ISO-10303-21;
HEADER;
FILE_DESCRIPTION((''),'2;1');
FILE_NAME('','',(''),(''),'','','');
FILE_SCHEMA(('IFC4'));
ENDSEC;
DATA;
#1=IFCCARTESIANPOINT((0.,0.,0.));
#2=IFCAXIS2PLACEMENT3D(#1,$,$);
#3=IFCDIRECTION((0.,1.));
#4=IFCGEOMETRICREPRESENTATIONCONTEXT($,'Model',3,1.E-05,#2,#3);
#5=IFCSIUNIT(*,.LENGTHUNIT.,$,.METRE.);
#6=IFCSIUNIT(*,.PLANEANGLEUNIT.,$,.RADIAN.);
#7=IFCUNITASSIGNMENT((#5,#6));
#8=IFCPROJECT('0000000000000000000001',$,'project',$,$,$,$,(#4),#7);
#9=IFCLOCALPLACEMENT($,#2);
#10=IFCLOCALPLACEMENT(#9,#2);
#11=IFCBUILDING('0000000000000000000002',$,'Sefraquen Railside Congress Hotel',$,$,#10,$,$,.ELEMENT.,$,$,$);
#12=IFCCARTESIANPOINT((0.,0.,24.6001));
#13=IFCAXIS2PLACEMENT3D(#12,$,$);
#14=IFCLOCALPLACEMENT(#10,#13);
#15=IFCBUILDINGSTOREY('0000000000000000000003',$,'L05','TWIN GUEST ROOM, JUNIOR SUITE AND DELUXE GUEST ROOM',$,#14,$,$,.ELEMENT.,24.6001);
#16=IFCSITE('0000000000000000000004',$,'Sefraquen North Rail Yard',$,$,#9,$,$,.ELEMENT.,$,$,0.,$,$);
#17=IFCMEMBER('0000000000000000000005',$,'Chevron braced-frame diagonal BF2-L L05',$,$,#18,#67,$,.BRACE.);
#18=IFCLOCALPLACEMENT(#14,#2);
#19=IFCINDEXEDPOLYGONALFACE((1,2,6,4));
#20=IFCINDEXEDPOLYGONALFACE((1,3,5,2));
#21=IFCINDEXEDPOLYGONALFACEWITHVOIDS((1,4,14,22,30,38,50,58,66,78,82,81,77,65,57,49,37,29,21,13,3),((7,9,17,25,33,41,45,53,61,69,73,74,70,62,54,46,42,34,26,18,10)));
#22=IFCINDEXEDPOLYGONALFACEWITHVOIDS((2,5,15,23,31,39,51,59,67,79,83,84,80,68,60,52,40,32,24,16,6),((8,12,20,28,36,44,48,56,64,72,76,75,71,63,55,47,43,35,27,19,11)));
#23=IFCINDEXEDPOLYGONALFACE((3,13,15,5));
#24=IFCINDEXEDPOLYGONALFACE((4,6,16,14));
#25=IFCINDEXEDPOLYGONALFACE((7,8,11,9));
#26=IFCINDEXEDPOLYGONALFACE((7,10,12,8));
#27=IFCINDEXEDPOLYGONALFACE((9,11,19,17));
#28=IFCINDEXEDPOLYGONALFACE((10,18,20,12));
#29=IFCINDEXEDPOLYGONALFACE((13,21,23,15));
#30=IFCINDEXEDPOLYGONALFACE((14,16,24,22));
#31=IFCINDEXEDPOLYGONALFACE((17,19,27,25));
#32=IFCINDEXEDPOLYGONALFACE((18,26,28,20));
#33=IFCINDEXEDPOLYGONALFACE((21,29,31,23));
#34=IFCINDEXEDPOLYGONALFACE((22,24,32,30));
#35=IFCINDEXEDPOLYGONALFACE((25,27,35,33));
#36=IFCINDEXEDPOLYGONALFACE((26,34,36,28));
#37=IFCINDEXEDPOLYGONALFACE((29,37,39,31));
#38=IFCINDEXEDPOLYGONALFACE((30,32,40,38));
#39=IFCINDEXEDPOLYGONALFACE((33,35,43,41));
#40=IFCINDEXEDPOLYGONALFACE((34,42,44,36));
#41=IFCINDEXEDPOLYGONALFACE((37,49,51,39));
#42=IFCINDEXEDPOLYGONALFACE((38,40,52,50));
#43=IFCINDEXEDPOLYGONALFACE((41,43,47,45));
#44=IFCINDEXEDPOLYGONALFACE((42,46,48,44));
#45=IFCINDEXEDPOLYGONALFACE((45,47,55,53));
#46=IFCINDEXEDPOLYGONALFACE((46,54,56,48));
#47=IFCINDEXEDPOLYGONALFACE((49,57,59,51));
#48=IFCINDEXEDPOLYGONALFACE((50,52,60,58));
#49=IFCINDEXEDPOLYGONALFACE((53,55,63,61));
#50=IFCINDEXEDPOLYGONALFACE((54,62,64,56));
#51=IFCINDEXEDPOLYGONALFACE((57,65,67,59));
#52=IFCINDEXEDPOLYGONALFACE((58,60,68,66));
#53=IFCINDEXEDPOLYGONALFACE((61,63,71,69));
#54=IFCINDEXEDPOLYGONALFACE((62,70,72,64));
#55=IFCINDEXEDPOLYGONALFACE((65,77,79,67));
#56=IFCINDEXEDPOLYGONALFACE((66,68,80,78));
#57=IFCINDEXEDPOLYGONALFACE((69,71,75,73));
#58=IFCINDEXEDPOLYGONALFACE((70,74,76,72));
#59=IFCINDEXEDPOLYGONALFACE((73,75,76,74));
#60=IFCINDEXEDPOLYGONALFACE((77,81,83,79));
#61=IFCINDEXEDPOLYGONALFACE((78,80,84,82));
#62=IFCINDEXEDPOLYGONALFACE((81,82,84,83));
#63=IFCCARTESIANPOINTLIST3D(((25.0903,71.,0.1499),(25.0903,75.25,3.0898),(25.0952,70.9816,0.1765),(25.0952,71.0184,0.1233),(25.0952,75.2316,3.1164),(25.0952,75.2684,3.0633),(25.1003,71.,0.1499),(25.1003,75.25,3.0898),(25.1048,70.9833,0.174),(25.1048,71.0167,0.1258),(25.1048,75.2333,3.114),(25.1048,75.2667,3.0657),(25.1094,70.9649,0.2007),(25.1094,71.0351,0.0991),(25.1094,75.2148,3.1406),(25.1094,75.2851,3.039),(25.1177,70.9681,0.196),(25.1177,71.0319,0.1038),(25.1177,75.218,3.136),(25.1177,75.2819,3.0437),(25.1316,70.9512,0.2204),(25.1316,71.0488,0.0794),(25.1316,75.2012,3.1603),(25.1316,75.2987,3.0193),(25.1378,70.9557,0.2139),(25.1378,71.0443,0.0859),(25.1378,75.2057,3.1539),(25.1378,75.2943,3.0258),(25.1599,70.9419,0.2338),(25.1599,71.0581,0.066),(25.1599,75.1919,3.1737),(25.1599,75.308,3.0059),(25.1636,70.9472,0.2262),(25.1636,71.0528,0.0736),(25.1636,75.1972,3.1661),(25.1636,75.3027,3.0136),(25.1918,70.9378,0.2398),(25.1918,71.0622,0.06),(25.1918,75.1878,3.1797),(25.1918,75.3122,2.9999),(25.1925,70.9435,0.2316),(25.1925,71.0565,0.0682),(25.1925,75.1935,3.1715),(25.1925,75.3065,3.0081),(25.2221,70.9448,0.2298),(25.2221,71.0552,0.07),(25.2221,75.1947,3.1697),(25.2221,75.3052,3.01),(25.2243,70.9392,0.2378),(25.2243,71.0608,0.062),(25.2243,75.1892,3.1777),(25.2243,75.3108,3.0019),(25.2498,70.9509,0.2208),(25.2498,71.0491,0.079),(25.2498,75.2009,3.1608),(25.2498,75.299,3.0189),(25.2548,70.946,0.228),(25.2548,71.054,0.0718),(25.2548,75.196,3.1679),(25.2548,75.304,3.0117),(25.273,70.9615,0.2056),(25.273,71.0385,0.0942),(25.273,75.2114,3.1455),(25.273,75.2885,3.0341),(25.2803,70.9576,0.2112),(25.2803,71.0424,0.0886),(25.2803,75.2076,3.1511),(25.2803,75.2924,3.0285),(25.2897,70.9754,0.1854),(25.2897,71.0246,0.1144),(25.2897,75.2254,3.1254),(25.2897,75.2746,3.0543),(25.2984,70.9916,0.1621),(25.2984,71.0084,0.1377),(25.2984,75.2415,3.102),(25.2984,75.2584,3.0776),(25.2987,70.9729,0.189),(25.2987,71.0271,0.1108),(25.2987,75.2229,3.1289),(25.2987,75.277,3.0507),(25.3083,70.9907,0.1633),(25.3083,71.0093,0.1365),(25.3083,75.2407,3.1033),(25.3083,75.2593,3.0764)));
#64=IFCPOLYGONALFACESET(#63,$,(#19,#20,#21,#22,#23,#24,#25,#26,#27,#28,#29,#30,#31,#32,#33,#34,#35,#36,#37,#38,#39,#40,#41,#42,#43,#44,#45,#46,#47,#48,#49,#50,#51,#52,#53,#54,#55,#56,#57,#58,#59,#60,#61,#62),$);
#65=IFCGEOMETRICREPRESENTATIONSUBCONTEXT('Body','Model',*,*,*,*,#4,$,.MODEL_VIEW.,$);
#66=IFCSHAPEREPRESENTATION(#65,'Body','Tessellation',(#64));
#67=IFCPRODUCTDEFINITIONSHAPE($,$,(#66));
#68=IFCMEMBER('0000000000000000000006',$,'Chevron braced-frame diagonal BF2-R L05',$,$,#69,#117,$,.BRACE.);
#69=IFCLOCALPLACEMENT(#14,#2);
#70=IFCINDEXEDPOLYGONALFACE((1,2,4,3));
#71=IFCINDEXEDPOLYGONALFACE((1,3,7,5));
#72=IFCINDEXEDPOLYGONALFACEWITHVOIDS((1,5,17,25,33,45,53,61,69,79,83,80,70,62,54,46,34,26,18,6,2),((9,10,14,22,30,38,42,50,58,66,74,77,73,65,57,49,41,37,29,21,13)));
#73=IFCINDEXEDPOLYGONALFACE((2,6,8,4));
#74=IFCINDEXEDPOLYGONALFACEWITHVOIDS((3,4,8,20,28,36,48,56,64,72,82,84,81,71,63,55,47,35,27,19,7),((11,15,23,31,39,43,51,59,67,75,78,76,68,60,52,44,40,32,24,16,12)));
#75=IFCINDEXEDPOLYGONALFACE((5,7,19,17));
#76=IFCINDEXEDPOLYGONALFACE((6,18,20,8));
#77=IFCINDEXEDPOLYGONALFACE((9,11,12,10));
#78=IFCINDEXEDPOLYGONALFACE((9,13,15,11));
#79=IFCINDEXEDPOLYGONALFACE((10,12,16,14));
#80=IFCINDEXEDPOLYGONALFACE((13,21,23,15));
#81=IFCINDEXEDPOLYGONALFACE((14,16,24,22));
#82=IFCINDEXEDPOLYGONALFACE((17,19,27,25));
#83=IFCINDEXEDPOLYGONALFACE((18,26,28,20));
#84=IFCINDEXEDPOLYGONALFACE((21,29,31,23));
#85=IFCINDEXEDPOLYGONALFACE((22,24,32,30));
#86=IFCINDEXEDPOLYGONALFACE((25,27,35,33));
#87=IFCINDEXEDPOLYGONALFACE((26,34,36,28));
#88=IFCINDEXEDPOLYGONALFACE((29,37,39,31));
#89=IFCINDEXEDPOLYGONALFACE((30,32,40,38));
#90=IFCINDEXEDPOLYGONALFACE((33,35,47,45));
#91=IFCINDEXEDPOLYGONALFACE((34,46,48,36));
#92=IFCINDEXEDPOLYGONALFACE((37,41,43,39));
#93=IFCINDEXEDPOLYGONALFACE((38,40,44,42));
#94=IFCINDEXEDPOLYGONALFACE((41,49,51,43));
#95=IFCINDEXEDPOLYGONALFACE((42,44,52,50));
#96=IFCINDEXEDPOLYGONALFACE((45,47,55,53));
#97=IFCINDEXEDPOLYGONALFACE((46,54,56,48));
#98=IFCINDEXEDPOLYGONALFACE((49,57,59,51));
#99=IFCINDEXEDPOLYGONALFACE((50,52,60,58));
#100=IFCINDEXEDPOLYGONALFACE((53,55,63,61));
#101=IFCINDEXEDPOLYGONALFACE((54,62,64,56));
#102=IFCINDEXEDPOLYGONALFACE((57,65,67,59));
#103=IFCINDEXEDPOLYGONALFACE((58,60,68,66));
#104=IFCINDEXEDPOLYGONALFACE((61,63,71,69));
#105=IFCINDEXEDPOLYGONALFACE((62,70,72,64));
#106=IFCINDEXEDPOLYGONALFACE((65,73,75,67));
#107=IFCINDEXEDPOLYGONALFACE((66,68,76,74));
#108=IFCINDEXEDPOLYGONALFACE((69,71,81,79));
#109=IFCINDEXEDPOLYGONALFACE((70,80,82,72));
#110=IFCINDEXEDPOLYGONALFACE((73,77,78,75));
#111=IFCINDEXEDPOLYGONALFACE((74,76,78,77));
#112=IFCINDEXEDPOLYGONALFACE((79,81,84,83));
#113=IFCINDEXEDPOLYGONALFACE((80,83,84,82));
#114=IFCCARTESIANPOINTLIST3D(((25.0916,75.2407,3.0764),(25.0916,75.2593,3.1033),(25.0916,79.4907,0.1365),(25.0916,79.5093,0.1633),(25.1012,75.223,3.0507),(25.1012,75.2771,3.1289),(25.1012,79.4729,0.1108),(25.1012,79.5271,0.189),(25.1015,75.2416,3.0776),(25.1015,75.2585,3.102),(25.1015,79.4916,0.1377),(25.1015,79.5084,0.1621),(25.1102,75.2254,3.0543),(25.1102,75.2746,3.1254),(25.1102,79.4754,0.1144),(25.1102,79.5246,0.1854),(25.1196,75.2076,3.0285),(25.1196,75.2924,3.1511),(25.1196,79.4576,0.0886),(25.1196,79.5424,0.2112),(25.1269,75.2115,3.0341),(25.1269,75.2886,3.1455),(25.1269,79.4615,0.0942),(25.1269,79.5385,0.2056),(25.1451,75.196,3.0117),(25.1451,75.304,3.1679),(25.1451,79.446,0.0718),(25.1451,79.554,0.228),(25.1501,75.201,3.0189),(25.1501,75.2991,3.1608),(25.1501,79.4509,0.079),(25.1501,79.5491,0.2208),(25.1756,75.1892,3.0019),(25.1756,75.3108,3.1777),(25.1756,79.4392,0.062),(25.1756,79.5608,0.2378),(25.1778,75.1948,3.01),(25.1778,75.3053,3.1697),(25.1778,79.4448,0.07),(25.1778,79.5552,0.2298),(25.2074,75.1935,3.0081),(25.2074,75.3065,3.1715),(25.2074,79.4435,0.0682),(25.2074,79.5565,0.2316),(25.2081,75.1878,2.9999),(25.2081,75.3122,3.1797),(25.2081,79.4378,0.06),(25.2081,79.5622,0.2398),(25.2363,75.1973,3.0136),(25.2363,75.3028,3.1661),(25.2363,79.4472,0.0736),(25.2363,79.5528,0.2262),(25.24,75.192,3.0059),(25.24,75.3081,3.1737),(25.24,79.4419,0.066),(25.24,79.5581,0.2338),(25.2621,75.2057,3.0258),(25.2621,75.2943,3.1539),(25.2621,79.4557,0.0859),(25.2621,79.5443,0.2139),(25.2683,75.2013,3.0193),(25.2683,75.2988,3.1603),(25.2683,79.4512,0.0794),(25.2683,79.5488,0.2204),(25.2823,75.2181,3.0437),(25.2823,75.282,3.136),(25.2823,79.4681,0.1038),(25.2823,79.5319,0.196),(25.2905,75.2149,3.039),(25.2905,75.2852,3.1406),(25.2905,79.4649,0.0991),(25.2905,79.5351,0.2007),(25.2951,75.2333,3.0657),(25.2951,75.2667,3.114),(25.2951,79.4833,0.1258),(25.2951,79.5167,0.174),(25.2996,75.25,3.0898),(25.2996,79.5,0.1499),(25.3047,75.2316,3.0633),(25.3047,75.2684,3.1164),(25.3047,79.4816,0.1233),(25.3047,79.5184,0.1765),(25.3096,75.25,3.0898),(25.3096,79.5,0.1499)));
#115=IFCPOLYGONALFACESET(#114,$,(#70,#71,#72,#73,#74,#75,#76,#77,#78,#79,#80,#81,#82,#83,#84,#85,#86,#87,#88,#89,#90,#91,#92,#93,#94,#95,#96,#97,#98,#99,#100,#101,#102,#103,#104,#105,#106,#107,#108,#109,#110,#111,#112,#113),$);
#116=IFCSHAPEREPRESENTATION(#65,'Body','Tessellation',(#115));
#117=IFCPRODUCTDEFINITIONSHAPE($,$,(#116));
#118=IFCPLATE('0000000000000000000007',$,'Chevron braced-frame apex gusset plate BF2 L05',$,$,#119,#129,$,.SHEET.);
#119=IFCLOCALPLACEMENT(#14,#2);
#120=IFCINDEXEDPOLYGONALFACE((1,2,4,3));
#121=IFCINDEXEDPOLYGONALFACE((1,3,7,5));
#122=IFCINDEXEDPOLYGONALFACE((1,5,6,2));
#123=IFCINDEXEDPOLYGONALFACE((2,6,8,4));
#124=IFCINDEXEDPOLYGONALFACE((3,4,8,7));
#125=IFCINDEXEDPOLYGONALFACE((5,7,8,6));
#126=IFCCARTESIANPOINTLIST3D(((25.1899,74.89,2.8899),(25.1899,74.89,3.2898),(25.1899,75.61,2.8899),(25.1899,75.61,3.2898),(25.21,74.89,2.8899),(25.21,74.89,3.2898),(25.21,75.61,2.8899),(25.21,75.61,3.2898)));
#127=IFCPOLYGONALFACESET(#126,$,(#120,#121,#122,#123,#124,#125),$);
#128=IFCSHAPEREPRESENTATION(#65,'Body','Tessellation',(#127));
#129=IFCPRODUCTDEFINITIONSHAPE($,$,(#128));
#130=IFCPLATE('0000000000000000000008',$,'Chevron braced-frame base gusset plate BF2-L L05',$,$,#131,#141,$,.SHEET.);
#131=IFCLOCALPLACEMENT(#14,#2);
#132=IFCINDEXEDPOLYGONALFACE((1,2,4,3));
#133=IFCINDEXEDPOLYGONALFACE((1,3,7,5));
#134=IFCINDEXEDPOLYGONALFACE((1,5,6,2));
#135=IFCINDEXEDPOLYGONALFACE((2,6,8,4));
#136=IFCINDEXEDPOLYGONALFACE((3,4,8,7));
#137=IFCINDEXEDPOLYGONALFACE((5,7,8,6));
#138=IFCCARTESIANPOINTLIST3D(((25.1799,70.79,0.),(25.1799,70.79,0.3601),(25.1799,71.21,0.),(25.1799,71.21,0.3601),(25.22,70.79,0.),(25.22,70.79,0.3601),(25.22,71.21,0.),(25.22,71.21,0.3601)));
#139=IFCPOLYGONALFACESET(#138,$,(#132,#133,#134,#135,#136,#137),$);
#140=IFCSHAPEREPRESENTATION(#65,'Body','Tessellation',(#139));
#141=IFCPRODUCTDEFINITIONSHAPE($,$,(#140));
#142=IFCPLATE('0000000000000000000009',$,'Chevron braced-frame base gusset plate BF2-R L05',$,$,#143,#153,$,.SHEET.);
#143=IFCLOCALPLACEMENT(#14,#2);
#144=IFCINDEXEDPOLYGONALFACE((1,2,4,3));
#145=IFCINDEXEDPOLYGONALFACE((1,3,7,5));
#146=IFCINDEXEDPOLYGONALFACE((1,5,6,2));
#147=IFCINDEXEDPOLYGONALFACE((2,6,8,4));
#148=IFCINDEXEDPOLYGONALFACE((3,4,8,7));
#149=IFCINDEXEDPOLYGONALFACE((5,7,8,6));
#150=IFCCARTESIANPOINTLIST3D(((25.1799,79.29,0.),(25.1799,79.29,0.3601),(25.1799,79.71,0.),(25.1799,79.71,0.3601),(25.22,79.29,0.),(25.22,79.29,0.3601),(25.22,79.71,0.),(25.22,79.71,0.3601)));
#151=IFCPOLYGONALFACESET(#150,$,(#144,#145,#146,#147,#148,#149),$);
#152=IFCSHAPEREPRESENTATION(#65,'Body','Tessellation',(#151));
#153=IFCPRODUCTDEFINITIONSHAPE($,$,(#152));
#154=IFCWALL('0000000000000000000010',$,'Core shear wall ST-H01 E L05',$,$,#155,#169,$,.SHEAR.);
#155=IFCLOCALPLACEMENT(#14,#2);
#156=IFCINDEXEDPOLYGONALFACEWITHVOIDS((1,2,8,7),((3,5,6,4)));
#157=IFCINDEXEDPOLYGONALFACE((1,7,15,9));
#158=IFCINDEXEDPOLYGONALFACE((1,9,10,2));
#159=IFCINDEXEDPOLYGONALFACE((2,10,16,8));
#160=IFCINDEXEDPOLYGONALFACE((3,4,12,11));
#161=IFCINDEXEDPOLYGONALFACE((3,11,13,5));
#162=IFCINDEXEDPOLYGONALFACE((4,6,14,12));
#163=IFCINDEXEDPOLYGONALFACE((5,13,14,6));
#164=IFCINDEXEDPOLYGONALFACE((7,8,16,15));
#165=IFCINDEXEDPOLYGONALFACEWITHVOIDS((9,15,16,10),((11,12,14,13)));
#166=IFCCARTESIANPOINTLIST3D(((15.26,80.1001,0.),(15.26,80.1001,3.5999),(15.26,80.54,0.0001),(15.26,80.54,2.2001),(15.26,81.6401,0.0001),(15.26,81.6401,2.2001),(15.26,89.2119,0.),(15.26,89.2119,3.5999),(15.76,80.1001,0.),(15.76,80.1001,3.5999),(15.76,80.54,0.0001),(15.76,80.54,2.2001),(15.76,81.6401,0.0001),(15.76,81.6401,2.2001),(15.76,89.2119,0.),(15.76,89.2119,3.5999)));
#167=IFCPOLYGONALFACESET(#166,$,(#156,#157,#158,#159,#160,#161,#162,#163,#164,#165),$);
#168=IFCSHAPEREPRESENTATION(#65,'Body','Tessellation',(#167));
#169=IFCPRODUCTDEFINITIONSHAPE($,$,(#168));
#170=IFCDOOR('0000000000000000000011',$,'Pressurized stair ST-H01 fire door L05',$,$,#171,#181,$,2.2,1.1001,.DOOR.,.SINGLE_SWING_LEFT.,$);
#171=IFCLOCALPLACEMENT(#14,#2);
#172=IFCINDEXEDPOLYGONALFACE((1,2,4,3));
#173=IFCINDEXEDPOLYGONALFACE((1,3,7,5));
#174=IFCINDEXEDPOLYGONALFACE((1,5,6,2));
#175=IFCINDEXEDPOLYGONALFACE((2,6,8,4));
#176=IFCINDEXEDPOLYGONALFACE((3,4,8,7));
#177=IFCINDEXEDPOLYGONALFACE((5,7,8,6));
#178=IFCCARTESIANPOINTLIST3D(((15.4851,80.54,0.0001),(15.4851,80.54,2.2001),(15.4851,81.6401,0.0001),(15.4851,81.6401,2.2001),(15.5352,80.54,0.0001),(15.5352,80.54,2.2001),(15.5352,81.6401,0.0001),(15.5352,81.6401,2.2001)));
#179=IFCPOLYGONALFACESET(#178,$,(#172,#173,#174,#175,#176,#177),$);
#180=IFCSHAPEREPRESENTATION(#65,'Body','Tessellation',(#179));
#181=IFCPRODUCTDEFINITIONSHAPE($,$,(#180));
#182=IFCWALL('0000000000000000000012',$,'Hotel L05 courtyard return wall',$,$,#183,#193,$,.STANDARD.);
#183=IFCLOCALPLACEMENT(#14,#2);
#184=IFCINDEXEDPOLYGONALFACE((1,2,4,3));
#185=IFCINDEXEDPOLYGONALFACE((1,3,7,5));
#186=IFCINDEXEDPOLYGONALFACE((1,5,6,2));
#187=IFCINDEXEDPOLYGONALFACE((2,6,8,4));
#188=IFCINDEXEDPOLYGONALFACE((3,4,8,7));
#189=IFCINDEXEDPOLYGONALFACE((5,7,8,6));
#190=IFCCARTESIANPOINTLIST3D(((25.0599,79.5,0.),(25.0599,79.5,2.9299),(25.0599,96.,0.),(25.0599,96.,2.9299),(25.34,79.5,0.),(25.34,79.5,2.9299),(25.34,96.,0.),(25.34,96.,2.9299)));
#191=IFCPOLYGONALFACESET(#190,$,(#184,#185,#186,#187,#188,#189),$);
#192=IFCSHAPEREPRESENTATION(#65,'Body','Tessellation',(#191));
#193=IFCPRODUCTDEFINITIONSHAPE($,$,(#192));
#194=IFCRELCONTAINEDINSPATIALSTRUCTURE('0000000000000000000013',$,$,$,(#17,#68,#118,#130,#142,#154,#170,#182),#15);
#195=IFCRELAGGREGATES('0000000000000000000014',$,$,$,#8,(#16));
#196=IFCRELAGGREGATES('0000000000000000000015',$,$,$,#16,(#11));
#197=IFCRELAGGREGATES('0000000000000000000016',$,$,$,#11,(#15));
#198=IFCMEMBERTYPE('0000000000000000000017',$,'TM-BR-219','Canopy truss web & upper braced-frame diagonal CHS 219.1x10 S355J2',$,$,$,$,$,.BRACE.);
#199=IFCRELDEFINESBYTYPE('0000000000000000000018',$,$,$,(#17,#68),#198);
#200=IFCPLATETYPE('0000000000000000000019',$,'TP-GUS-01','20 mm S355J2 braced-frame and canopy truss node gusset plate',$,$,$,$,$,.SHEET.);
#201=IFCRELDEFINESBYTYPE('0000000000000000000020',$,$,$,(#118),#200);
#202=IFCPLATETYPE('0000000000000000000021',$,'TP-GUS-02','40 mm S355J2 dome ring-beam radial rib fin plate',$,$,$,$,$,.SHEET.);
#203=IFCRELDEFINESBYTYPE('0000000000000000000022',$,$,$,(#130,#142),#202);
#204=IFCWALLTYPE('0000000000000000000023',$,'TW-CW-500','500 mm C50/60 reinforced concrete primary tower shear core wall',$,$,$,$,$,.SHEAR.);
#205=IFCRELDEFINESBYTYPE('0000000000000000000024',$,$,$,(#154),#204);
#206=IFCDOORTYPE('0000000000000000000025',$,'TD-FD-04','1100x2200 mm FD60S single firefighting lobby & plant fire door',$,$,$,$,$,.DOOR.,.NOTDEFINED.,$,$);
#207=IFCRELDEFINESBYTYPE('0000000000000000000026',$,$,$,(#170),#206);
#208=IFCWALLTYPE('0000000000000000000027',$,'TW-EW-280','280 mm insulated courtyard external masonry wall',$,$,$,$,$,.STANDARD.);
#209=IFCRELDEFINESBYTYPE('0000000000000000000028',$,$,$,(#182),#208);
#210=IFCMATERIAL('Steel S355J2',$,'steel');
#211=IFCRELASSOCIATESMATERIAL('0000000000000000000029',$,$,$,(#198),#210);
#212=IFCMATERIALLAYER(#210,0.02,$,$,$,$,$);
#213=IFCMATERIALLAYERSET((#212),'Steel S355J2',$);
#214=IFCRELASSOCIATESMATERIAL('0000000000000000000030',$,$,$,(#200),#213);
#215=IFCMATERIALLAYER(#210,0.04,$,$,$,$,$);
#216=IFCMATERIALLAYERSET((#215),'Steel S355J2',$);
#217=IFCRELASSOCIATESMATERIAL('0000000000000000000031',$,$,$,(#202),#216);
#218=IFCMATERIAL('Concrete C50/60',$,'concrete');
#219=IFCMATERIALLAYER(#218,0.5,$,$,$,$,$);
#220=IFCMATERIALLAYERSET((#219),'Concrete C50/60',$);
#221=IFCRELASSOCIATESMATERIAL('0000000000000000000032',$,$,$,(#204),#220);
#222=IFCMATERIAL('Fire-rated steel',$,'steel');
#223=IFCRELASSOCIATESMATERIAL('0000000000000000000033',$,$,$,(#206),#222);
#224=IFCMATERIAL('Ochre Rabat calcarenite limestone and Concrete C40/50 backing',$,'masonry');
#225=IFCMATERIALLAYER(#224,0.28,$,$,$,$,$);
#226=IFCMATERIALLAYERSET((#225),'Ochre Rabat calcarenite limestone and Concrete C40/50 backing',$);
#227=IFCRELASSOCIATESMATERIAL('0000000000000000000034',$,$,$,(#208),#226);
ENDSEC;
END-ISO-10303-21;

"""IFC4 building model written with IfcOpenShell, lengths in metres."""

from ifc_helpers import new_model, si_unit, direction, frame, frame_2d, origin, origin_2d, place, context, subcontext, project, spatial, rectangle, hollow_circle, extrude, material, layer, layer_set, material_profile, profile_set, type_object, element, fill, save


model = new_model("IFC4")

# Units and contexts
model_context = context("Model", 3, precision=1e-05, world=origin(), true_north=direction((0.0, 1.0)))
body_context = subcontext(model_context, "Body", "Model", "MODEL_VIEW")
ifc_project = project(units=[si_unit("LENGTHUNIT", "METRE"), si_unit("PLANEANGLEUNIT", "RADIAN")], contexts=[model_context])

# Site, building, storey
site_placement = place(None, origin())
site = spatial("IfcSite", under=ifc_project, at=site_placement, Name="Sefraquen North Rail Yard", CompositionType="ELEMENT", RefElevation=0.0)
building_placement = place(site_placement, origin())
building = spatial("IfcBuilding", under=site, at=building_placement, Name="Sefraquen Railside Congress Hotel", CompositionType="ELEMENT")
storey_placement = place(building_placement, frame((0.0, 0.0, 24.6001)))
storey = spatial("IfcBuildingStorey", under=building, at=storey_placement, Name="L05", Description="TWIN GUEST ROOM, JUNIOR SUITE AND DELUXE GUEST ROOM", CompositionType="ELEMENT", Elevation=24.6001)

# Members
ifc_material_1 = material(Name="Steel S355J2", Category="steel")
ifc_material_profile_1 = material_profile(ifc_material_1, hollow_circle(Radius=0.1096, WallThickness=0.01, at=origin_2d()), Name="CHS 219.1x10")
ifc_profile_set_1 = profile_set([ifc_material_profile_1], Name="Steel S355J2")
member_type = type_object("IfcMemberType", Name="TM-BR-219", Description="Canopy truss web & upper braced-frame diagonal CHS 219.1x10 S355J2", PredefinedType="BRACE", material=ifc_profile_set_1)
for number, where, z_axis, x_axis, name in (
    (1, (25.2, 71.0, 0.1499), (0.0, 0.822406, 0.5689), (-1.0, 0.0, 0.0), "Chevron braced-frame diagonal BF2-L L05"),
    (2, (25.2, 79.5, 0.1499), (0.0, -0.822406, 0.5689), (1.0, 0.0, 0.0), "Chevron braced-frame diagonal BF2-R L05"),
):
    element("IfcMember", number, at=place(storey_placement, frame(where, z_axis=z_axis, x_axis=x_axis)), inside=storey, type_object=member_type, Name=name, PredefinedType="BRACE", context=body_context, shape_type="SweptSolid", body=[
        extrude(hollow_circle(Radius=0.1096, WallThickness=0.01, at=origin_2d()), origin(), (0.0, 0.0, 1.0), 5.1677),
    ])

# Plates
ifc_layer_1 = layer(ifc_material_1, 0.02)
ifc_layer_set_1 = layer_set([ifc_layer_1], Name="Steel S355J2")
plate_type_1 = type_object("IfcPlateType", Name="TP-GUS-01", Description="20 mm S355J2 braced-frame and canopy truss node gusset plate", PredefinedType="SHEET", material=ifc_layer_set_1)
plate_placement = place(storey_placement, frame((25.2, 75.25, 2.8899), z_axis=(0.0, 0.0, 1.0), x_axis=(0.0, 1.0, 0.0)))
element("IfcPlate", 3, at=plate_placement, inside=storey, type_object=plate_type_1, Name="Chevron braced-frame apex gusset plate BF2 L05", PredefinedType="SHEET", context=body_context, shape_type="SweptSolid", body=[
    extrude(rectangle(XDim=0.72, YDim=0.02, at=origin_2d()), origin(), (0.0, 0.0, 1.0), 0.3999),
])
ifc_layer_2 = layer(ifc_material_1, 0.04)
ifc_layer_set_2 = layer_set([ifc_layer_2], Name="Steel S355J2")
plate_type_2 = type_object("IfcPlateType", Name="TP-GUS-02", Description="40 mm S355J2 dome ring-beam radial rib fin plate", PredefinedType="SHEET", material=ifc_layer_set_2)
for number, where, z_axis, x_axis, name in (
    (4, (25.2, 71.0, 0.0), (0.0, 0.0, 1.0), (0.0, 1.0, 0.0), "Chevron braced-frame base gusset plate BF2-L L05"),
    (5, (25.2, 79.5, 0.0), (0.0, 0.0, 1.0), (0.0, 1.0, 0.0), "Chevron braced-frame base gusset plate BF2-R L05"),
):
    element("IfcPlate", number, at=place(storey_placement, frame(where, z_axis=z_axis, x_axis=x_axis)), inside=storey, type_object=plate_type_2, Name=name, PredefinedType="SHEET", context=body_context, shape_type="SweptSolid", body=[
        extrude(rectangle(XDim=0.4199, YDim=0.04, at=origin_2d()), origin(), (0.0, 0.0, 1.0), 0.3601),
    ])

# Wall, opening, door
ifc_material_2 = material(Name="Concrete C50/60", Category="concrete")
ifc_layer_3 = layer(ifc_material_2, 0.5)
ifc_layer_set_3 = layer_set([ifc_layer_3], Name="Concrete C50/60")
wall_type_1 = type_object("IfcWallType", Name="TW-CW-500", Description="500 mm C50/60 reinforced concrete primary tower shear core wall", PredefinedType="SHEAR", material=ifc_layer_set_3)
wall_1_placement = place(storey_placement, frame((15.51, 80.1001, 0.0), z_axis=(0.0, 0.0, 1.0), x_axis=(0.0, 1.0, 0.0)))
wall_1 = element("IfcWall", 6, at=wall_1_placement, inside=storey, type_object=wall_type_1, Name="Core shear wall ST-H01 E L05", PredefinedType="SHEAR", context=body_context, shape_type="SweptSolid", body=[
    extrude(rectangle(XDim=9.1118, YDim=0.5, at=frame_2d((4.5559, 0.0))), origin(), (0.0, 0.0, 1.0), 3.5999),
])
opening_1_placement = place(wall_1_placement, frame((0.4399, 0.0, 0.0)))
opening_1 = element("IfcOpeningElement", 7, at=opening_1_placement, cuts=wall_1, PredefinedType="OPENING", context=body_context, shape_type="SweptSolid", body=[
    extrude(rectangle(XDim=1.1001, YDim=2.2, at=frame_2d((0.55, 1.1001))), frame((0.0, 0.26, 0.0), z_axis=(0.0, -1.0, 0.0), x_axis=(1.0, 0.0, 0.0)), (0.0, 0.0, 1.0), 0.52),
])
ifc_material_3 = material(Name="Fire-rated steel", Category="steel")
door_type = type_object("IfcDoorType", Name="TD-FD-04", Description="1100x2200 mm FD60S single firefighting lobby & plant fire door", OperationType="NOTDEFINED", PredefinedType="DOOR", material=ifc_material_3)
door_1_placement = place(opening_1_placement, origin())
door_1 = element("IfcDoor", 8, at=door_1_placement, inside=storey, type_object=door_type, Name="Pressurized stair ST-H01 fire door L05", OperationType="SINGLE_SWING_LEFT", OverallHeight=2.2, OverallWidth=1.1001, PredefinedType="DOOR", context=body_context, shape_type="SweptSolid", body=[
    extrude(rectangle(XDim=1.1001, YDim=2.2, at=frame_2d((0.55, 1.1001))), frame((0.0, 0.0249, 0.0), z_axis=(0.0, -1.0, 0.0), x_axis=(1.0, 0.0, 0.0)), (0.0, 0.0, 1.0), 0.05),
])
fill(opening_1, door_1)

# Wall
ifc_material_4 = material(Name="Ochre Rabat calcarenite limestone and Concrete C40/50 backing", Category="masonry")
ifc_layer_4 = layer(ifc_material_4, 0.28)
ifc_layer_set_4 = layer_set([ifc_layer_4], Name="Ochre Rabat calcarenite limestone and Concrete C40/50 backing")
wall_type_2 = type_object("IfcWallType", Name="TW-EW-280", Description="280 mm insulated courtyard external masonry wall", PredefinedType="STANDARD", material=ifc_layer_set_4)
wall_2_placement = place(storey_placement, frame((25.2, 79.5, 0.0), z_axis=(0.0, 0.0, 1.0), x_axis=(0.0, 1.0, 0.0)))
element("IfcWall", 9, at=wall_2_placement, inside=storey, type_object=wall_type_2, Name="Hotel L05 courtyard return wall", PredefinedType="STANDARD", context=body_context, shape_type="SweptSolid", body=[
    extrude(rectangle(XDim=16.5, YDim=0.28, at=frame_2d((8.25, 0.0))), origin(), (0.0, 0.0, 1.0), 2.9299),
])

save(model, "model.ifc")
